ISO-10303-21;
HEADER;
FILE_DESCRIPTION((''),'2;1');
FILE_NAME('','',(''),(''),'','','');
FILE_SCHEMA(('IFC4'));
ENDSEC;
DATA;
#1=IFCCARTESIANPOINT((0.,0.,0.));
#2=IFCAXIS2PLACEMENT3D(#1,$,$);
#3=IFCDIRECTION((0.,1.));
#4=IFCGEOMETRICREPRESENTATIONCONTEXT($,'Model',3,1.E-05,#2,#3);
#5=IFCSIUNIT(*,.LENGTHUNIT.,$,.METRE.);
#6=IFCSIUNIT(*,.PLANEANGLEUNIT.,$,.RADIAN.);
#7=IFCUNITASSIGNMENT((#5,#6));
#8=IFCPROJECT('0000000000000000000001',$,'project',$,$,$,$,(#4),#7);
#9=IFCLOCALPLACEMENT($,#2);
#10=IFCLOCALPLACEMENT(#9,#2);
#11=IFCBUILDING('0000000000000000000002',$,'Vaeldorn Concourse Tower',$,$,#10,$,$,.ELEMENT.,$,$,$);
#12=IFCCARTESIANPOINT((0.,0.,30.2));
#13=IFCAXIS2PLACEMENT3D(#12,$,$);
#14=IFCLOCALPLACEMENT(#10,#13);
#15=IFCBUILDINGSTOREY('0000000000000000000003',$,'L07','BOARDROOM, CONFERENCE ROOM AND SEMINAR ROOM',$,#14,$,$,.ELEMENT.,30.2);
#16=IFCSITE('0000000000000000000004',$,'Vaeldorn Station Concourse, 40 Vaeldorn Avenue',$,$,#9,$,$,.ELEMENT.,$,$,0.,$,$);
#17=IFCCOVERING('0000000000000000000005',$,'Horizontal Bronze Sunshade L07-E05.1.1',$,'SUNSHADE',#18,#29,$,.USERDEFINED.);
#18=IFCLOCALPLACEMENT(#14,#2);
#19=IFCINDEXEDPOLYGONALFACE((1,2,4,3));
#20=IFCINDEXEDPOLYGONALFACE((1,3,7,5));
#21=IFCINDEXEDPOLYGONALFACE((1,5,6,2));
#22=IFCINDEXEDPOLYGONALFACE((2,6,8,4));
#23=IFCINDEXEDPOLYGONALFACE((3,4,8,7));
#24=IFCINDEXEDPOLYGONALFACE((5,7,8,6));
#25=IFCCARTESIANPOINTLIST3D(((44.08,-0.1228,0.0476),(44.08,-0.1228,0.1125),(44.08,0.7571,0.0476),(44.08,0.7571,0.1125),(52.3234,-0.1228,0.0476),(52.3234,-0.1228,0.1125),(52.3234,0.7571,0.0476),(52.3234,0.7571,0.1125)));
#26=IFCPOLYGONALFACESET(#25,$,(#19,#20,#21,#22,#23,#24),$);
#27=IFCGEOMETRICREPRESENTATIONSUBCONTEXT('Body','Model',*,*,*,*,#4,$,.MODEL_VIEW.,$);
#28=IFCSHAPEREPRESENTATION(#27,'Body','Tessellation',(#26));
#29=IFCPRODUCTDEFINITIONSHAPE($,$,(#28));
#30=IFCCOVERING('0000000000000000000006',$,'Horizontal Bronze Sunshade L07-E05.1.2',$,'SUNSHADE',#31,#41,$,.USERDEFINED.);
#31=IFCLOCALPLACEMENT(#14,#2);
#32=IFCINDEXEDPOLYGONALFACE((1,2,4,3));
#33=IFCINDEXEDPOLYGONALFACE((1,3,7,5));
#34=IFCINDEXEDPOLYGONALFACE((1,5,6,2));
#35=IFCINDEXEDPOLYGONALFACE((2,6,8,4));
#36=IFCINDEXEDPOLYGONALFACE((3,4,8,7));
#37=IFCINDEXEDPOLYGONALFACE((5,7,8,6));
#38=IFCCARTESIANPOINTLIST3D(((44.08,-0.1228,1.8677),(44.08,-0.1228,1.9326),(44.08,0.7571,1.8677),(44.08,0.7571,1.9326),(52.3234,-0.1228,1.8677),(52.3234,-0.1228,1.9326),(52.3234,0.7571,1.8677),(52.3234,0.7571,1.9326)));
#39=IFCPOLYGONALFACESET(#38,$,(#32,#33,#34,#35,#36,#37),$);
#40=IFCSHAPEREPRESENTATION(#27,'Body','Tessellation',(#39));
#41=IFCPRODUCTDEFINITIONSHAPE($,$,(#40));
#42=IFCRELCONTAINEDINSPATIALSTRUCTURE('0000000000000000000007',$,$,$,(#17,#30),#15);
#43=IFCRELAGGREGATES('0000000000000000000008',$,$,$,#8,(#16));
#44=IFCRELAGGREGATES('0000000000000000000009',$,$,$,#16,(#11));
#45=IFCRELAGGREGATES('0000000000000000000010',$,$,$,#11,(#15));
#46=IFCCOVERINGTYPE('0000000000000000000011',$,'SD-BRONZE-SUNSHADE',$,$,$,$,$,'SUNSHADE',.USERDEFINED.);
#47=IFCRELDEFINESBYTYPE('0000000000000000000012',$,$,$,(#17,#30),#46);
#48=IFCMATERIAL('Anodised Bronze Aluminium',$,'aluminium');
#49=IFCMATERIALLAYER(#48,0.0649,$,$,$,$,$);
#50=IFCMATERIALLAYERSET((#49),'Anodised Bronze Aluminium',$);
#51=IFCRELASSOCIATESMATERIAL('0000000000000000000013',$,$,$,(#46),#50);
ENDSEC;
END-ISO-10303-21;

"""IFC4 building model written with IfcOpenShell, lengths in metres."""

from ifc_helpers import new_model, si_unit, direction, frame, origin, origin_2d, place, context, subcontext, project, spatial, rectangle, extrude, source, transform, mapped, material, layer, layer_set, type_object, element, save


model = new_model("IFC4")

# Units and contexts
model_context = context("Model", 3, precision=1e-05, world=origin(), true_north=direction((0.0, 1.0)))
body_context = subcontext(model_context, "Body", "Model", "MODEL_VIEW")
ifc_project = project(units=[si_unit("LENGTHUNIT", "METRE"), si_unit("PLANEANGLEUNIT", "RADIAN")], contexts=[model_context])

# Site, building, storey
site_placement = place(None, origin())
site = spatial("IfcSite", under=ifc_project, at=site_placement, Name="Vaeldorn Station Concourse, 40 Vaeldorn Avenue", CompositionType="ELEMENT", RefElevation=0.0)
building_placement = place(site_placement, origin())
building = spatial("IfcBuilding", under=site, at=building_placement, Name="Vaeldorn Concourse Tower", CompositionType="ELEMENT")
storey_placement = place(building_placement, frame((0.0, 0.0, 30.2)))
storey = spatial("IfcBuildingStorey", under=building, at=storey_placement, Name="L07", Description="BOARDROOM, CONFERENCE ROOM AND SEMINAR ROOM", CompositionType="ELEMENT", Elevation=30.2)

# Shared definitions
ifc_material_1 = material(Name="Anodised Bronze Aluminium", Category="aluminium")

# Coverings
ifc_layer_1 = layer(ifc_material_1, 0.0649)
ifc_layer_set_1 = layer_set([ifc_layer_1], Name="Anodised Bronze Aluminium")
covering_type = type_object("IfcCoveringType", Name="SD-BRONZE-SUNSHADE", ElementType="SUNSHADE", PredefinedType="USERDEFINED", material=ifc_layer_set_1)
shared_shape_1 = source(origin(), body_context, "Body", "SweptSolid", [
    extrude(rectangle(XDim=8.2434, YDim=0.8799, at=origin_2d()), origin(), (0.0, 0.0, 1.0), 0.0649),
])
for number, where, z_axis, x_axis, name in (
    (1, (48.2017, 0.3171, 0.0476), (0.0, 0.0, 1.0), (1.0, 0.0, 0.0), "Horizontal Bronze Sunshade L07-E05.1.1"),
    (2, (48.2017, 0.3171, 1.8677), (0.0, 0.0, 1.0), (1.0, 0.0, 0.0), "Horizontal Bronze Sunshade L07-E05.1.2"),
):
    element("IfcCovering", number, at=place(storey_placement, frame(where, z_axis=z_axis, x_axis=x_axis)), inside=storey, type_object=covering_type, Name=name, ObjectType="SUNSHADE", PredefinedType="USERDEFINED", context=body_context, shape_type="MappedRepresentation", body=[
        mapped(shared_shape_1, transform((0.0, 0.0, 0.0), scale=1.0)),
    ])

save(model, "model.ifc")
